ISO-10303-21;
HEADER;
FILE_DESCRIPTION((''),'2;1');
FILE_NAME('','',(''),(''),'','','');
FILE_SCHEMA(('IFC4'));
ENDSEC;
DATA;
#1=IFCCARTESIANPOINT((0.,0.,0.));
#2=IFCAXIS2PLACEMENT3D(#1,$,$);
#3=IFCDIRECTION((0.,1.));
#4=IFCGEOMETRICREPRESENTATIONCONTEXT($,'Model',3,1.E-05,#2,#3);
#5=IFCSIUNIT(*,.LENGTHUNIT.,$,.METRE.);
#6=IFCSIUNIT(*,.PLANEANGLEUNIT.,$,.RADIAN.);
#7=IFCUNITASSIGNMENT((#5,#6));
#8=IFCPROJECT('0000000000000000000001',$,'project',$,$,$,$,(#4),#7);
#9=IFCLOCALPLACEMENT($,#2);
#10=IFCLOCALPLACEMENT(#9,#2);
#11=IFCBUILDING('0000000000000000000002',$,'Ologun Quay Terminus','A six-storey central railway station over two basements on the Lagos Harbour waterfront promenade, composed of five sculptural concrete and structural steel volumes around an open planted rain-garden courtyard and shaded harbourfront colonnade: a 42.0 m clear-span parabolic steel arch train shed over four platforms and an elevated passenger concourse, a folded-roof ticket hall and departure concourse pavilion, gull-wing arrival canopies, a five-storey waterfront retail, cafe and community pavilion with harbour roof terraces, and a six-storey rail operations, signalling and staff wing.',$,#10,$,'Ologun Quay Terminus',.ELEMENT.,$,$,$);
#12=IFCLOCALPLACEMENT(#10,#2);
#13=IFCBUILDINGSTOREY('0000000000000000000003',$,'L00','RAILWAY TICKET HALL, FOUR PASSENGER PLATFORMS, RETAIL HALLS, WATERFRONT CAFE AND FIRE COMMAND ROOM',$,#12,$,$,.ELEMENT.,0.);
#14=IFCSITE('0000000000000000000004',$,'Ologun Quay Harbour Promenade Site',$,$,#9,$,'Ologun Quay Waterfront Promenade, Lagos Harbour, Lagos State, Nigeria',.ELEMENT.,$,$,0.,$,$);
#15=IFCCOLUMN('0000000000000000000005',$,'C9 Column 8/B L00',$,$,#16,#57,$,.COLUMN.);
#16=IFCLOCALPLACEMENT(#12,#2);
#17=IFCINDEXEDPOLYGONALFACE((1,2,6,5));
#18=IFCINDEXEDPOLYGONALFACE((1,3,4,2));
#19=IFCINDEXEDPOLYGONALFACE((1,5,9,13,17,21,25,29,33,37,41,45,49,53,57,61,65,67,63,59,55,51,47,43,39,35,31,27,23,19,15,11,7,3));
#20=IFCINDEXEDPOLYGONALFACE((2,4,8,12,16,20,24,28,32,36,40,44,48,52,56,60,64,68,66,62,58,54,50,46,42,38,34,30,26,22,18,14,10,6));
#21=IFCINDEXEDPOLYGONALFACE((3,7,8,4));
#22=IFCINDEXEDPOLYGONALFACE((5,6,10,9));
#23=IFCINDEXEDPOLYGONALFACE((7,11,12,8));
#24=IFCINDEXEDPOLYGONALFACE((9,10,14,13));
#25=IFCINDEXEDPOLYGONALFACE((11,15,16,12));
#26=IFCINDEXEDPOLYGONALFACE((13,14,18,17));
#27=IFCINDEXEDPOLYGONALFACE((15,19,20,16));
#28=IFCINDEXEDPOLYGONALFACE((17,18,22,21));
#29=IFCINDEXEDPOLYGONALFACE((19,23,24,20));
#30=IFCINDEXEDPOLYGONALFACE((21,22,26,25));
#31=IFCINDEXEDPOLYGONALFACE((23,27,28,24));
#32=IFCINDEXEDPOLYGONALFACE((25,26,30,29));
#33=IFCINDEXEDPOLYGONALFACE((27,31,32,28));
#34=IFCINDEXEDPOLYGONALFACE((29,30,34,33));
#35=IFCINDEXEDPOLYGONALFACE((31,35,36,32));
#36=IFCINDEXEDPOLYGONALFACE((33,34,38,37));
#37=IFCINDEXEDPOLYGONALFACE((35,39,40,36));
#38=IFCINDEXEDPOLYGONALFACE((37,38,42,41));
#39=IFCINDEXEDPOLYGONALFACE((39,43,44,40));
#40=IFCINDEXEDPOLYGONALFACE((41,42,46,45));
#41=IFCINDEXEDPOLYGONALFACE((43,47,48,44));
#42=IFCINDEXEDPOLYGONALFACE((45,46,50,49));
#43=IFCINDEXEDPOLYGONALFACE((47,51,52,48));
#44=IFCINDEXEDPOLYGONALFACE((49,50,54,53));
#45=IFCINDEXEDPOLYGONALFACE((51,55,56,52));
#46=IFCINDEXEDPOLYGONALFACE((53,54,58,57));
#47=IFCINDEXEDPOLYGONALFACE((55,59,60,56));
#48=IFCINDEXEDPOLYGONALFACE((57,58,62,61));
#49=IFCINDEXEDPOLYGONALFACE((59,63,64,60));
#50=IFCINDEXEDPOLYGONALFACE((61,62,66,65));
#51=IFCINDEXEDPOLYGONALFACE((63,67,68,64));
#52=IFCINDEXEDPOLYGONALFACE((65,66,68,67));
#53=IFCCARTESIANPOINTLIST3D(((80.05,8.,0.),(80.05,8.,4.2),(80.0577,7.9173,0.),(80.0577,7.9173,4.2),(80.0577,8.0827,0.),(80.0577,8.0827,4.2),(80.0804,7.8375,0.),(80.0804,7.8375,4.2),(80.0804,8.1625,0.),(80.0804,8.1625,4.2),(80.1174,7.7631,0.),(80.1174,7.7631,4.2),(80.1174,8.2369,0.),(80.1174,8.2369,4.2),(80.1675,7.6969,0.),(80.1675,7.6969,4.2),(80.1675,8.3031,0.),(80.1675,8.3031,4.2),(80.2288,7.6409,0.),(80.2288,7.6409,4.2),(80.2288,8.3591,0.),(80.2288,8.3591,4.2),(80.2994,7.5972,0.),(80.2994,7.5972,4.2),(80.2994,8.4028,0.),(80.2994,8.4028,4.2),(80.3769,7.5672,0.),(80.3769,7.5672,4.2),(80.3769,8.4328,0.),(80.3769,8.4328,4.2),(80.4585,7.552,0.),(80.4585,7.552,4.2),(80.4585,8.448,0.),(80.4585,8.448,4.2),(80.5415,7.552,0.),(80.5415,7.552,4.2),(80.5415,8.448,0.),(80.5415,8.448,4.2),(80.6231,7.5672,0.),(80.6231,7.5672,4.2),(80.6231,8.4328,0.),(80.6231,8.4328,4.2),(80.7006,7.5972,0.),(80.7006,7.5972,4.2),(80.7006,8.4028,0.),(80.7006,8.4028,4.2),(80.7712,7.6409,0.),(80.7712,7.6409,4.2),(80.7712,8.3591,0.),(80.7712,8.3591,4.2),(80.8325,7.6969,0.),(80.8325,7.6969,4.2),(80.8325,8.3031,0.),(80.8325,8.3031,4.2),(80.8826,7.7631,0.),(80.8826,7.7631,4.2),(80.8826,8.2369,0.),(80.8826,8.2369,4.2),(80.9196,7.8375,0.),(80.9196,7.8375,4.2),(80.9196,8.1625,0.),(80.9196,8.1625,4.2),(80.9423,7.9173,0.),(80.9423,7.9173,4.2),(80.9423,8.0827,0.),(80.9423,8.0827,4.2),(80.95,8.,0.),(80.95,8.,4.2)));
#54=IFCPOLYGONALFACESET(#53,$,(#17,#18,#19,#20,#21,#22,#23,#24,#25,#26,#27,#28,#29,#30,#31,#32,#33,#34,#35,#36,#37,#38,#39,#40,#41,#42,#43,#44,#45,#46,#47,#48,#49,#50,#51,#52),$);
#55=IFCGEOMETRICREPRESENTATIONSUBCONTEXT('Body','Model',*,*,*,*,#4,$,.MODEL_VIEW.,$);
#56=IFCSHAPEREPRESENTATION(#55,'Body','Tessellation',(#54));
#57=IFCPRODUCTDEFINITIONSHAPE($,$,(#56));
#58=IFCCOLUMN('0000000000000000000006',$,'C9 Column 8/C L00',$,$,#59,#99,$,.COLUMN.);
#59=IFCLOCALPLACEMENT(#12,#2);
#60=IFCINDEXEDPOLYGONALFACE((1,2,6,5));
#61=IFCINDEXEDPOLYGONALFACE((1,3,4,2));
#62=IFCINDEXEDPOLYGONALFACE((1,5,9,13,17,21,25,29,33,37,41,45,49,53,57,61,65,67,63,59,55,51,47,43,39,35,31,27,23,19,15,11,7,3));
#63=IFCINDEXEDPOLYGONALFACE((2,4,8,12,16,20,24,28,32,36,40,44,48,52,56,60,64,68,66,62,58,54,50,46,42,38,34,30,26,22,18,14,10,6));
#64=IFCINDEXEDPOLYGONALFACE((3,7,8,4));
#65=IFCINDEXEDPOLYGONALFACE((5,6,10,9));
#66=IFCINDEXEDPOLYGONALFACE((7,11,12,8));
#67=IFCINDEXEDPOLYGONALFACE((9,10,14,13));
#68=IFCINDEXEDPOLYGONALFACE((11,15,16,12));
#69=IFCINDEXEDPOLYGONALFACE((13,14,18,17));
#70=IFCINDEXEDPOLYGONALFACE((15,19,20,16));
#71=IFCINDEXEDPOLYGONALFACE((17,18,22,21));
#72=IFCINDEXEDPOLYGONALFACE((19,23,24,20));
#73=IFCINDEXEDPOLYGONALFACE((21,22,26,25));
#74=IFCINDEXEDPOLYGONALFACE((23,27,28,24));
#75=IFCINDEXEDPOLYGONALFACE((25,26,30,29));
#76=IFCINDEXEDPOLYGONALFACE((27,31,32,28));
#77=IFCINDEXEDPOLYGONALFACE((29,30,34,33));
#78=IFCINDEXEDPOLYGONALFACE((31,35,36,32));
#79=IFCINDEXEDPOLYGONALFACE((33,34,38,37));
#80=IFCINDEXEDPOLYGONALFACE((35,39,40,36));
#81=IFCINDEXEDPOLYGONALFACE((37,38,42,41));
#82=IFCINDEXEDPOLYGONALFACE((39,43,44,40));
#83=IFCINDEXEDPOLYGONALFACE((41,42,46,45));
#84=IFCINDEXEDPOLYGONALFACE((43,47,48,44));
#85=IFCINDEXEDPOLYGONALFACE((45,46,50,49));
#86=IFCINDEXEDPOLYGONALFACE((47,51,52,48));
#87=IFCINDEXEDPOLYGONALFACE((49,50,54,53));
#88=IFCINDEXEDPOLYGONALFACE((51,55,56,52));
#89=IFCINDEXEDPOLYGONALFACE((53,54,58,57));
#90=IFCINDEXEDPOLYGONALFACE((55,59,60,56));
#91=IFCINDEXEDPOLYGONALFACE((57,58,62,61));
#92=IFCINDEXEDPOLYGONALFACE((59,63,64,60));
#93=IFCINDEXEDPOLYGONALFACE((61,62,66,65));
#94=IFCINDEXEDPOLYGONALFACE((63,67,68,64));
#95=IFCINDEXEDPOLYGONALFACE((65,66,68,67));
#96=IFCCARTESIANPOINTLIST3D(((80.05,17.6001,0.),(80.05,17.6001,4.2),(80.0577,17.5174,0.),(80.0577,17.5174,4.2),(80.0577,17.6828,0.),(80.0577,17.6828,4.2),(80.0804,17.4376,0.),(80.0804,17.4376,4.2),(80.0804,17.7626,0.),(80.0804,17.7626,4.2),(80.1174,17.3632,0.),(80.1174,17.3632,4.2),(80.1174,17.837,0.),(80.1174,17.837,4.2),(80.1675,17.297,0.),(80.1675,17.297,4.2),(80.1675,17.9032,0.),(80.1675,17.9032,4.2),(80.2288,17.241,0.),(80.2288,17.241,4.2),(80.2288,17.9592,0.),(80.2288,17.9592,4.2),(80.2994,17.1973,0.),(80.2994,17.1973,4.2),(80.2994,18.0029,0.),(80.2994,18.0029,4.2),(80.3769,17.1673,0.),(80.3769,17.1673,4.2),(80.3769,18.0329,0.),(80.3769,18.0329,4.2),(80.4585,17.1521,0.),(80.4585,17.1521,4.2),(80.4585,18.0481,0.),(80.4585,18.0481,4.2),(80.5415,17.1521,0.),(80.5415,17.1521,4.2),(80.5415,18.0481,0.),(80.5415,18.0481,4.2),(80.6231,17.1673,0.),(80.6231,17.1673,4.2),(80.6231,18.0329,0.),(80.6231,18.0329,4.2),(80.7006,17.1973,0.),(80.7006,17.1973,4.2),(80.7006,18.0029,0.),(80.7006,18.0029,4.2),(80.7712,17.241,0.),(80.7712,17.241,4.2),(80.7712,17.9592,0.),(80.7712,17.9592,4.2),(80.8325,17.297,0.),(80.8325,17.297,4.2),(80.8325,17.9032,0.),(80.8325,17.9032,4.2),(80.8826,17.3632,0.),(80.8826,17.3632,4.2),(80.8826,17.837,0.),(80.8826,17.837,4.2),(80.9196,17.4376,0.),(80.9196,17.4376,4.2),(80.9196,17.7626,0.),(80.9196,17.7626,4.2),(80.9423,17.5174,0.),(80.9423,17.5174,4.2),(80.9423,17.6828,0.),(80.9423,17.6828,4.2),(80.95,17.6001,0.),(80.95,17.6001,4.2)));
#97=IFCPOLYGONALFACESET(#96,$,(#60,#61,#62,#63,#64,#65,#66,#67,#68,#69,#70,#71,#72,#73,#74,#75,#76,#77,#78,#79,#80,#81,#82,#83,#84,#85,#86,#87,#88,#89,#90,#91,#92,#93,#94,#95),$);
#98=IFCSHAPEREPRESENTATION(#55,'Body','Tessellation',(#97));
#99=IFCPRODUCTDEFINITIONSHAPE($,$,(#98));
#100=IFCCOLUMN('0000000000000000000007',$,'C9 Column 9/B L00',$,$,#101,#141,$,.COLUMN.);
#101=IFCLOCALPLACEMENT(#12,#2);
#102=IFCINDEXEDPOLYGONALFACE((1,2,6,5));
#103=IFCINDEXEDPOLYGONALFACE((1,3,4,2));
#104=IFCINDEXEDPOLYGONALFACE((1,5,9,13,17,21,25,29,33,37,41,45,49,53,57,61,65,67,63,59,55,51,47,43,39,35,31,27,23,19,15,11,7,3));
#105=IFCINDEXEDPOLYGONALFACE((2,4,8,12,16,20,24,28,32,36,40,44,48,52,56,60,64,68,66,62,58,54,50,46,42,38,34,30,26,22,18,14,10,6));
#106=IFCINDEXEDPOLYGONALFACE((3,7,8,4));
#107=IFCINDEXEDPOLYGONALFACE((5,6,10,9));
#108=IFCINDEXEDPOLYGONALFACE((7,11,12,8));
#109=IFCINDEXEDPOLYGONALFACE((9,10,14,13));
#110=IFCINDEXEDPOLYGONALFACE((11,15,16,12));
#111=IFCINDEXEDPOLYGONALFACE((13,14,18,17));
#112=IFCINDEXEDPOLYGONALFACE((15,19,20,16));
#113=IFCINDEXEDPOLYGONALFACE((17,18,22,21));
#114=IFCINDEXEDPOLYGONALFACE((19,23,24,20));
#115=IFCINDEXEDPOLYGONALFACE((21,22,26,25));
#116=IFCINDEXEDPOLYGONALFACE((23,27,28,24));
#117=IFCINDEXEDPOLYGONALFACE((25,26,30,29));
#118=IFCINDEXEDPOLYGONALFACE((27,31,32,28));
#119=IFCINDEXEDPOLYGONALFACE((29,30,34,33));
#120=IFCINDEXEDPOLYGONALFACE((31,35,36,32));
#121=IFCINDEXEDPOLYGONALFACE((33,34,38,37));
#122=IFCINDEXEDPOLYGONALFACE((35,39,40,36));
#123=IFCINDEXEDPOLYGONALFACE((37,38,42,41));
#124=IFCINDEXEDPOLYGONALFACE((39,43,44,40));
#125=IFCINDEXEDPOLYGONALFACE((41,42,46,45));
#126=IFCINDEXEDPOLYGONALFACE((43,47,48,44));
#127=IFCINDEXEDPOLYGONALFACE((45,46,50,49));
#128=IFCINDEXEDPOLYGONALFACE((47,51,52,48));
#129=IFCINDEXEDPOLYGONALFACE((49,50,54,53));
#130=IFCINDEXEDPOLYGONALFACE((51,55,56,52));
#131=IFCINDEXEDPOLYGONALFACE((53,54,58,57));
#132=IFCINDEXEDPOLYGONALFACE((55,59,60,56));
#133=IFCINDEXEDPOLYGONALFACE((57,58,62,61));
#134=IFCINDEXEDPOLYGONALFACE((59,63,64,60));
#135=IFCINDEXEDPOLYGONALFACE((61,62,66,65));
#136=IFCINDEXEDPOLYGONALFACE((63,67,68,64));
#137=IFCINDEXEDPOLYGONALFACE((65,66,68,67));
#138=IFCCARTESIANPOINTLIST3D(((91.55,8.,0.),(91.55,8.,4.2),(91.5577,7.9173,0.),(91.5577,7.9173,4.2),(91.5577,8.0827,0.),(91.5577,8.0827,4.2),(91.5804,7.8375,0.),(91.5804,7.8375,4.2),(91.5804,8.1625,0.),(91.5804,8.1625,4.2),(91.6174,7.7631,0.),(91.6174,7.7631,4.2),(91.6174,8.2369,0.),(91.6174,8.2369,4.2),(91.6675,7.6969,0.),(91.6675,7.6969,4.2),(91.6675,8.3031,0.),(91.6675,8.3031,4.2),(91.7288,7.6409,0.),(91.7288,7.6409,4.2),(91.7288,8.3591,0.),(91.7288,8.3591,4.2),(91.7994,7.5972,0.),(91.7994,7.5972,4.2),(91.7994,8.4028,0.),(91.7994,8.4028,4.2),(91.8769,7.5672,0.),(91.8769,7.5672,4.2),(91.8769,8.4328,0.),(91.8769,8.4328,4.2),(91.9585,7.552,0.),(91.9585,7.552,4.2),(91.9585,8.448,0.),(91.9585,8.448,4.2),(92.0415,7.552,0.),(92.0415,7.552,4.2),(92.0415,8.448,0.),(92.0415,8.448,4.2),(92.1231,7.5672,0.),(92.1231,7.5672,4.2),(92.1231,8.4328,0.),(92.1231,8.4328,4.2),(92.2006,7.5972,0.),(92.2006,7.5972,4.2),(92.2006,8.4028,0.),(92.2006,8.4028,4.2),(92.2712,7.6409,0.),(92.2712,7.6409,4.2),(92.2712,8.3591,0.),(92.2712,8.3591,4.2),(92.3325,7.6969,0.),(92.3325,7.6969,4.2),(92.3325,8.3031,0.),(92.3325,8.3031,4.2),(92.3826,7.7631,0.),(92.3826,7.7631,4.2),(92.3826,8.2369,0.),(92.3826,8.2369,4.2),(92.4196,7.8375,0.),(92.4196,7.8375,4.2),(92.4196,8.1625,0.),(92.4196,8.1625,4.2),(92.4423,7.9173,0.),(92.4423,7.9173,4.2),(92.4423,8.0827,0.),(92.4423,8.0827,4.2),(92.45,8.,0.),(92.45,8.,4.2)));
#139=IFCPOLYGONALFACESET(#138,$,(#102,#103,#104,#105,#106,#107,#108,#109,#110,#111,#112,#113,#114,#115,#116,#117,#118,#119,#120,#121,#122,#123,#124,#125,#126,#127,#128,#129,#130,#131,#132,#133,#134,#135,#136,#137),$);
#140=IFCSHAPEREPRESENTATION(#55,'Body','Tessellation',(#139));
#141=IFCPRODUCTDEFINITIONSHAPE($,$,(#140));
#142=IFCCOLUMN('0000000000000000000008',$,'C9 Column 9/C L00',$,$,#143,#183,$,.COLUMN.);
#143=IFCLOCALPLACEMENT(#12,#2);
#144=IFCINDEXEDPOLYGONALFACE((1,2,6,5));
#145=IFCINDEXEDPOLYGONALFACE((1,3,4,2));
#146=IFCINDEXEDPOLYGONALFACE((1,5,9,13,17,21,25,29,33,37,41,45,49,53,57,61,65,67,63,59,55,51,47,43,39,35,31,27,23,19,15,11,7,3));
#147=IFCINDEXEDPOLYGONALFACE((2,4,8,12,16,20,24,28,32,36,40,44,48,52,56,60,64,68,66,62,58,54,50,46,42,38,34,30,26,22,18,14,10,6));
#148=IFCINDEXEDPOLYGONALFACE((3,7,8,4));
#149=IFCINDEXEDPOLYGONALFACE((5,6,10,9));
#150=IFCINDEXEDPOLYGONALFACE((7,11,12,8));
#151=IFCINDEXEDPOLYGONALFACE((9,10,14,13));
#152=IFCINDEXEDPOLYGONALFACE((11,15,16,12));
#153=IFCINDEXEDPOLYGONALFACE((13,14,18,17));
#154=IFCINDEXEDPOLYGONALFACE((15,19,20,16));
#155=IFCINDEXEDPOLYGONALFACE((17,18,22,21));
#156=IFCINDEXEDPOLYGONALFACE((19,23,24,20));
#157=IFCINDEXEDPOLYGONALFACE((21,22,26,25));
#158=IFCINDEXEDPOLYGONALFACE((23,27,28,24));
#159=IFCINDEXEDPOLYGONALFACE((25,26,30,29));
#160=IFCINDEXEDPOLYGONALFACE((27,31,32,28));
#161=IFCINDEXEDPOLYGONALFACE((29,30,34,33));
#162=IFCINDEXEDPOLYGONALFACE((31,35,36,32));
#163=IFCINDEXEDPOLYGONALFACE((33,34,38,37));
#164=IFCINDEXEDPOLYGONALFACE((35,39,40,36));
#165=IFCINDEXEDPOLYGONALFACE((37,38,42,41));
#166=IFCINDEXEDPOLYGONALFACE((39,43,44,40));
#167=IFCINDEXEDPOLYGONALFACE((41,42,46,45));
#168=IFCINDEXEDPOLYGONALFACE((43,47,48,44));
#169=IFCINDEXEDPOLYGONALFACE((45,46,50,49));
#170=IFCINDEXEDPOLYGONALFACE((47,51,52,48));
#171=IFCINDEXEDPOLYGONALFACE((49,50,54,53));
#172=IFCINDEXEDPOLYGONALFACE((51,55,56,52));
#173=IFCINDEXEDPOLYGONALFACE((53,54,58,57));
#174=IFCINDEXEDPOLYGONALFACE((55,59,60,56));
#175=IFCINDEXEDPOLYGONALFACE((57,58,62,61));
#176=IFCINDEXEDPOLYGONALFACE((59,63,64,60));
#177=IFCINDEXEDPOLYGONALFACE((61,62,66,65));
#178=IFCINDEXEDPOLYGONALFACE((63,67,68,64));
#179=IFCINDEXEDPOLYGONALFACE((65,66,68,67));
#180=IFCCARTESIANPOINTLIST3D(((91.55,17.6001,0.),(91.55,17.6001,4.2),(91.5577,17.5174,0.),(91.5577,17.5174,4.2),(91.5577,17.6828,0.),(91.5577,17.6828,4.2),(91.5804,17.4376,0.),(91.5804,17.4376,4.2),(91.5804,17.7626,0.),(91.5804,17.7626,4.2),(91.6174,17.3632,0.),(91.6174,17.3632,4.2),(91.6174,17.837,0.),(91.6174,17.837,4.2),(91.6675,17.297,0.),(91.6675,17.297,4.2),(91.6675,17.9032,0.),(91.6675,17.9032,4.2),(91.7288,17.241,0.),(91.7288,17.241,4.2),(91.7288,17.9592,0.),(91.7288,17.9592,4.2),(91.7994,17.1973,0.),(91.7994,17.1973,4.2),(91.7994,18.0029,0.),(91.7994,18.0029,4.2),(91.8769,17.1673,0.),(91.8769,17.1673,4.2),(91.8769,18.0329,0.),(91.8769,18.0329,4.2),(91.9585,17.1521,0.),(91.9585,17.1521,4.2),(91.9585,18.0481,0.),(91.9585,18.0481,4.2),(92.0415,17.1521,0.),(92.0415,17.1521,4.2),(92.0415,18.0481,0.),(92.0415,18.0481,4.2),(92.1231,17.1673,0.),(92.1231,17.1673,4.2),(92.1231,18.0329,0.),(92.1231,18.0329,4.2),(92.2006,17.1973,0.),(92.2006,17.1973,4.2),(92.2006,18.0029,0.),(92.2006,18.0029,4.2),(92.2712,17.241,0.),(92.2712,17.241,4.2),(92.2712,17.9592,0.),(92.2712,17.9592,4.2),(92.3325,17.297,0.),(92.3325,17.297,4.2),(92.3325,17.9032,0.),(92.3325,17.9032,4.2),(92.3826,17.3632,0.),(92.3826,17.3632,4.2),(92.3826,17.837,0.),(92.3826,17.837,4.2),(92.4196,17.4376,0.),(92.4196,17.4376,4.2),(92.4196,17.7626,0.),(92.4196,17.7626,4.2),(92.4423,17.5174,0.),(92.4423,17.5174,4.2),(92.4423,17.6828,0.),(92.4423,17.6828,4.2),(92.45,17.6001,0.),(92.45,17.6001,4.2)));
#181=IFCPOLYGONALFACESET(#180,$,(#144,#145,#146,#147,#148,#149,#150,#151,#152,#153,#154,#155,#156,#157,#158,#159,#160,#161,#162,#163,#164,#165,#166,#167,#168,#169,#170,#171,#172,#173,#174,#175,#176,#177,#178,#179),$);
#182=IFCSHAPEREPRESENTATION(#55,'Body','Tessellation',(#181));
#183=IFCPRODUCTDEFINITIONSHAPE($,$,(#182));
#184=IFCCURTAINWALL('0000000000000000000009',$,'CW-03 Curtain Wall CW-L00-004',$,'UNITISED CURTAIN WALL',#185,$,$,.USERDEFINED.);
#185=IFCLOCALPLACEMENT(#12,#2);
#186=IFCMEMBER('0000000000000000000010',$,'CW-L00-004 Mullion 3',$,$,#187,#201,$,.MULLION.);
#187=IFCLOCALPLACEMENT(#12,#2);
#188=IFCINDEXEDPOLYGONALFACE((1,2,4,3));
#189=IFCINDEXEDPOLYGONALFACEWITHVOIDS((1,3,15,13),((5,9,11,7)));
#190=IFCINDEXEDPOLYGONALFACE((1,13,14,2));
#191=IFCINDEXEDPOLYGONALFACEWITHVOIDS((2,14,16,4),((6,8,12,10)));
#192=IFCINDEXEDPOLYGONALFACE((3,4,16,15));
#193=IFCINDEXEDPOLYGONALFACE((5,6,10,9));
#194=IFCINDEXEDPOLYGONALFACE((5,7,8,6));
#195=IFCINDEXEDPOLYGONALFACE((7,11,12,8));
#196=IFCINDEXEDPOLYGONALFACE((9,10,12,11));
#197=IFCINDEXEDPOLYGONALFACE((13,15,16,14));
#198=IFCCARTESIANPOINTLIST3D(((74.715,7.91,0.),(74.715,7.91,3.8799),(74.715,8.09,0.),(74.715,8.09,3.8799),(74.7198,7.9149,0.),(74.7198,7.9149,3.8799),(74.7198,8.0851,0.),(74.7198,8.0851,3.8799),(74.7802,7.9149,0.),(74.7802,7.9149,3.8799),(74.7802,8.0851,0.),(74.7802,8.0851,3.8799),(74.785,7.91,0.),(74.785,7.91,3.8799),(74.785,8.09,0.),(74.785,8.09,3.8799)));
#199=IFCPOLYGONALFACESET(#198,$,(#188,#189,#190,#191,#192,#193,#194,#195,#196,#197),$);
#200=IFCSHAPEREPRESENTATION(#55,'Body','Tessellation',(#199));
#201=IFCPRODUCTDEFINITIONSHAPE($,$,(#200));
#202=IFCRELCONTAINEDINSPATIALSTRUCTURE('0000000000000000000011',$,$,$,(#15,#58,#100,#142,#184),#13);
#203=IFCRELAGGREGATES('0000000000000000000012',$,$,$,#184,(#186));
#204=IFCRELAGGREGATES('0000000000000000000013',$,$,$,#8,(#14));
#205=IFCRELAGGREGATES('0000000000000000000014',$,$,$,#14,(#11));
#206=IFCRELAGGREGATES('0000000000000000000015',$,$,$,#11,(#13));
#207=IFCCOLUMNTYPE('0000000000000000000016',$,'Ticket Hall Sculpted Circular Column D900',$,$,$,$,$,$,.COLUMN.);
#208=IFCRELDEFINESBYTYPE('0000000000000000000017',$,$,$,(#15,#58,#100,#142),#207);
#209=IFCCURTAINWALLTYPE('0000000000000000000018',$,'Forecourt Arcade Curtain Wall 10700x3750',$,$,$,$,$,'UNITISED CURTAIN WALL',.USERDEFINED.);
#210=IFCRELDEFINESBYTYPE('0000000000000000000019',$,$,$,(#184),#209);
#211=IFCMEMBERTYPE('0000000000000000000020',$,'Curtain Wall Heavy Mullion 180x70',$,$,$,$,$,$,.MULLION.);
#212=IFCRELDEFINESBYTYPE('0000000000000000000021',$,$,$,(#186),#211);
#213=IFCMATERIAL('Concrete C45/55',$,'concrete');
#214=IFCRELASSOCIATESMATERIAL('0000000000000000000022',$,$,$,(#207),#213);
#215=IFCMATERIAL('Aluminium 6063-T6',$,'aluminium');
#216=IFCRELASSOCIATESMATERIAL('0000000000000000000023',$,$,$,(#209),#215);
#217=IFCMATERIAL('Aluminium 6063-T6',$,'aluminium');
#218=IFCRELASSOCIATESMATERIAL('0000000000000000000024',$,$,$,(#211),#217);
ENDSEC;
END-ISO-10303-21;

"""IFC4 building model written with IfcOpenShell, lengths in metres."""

from ifc_helpers import new_model, si_unit, direction, frame, origin, origin_2d, place, context, subcontext, project, spatial, hollow_rectangle, circle, extrude, material, material_profile, profile_set, type_object, element, aggregate, save


model = new_model("IFC4")

# Units and contexts
model_context = context("Model", 3, precision=1e-05, world=origin(), true_north=direction((0.0, 1.0)))
body_context = subcontext(model_context, "Body", "Model", "MODEL_VIEW")
ifc_project = project(units=[si_unit("LENGTHUNIT", "METRE"), si_unit("PLANEANGLEUNIT", "RADIAN")], contexts=[model_context])

# Site, building, storey
site_placement = place(None, origin())
site = spatial("IfcSite", under=ifc_project, at=site_placement, Name="Ologun Quay Harbour Promenade Site", LongName="Ologun Quay Waterfront Promenade, Lagos Harbour, Lagos State, Nigeria", CompositionType="ELEMENT", RefElevation=0.0)
building_placement = place(site_placement, origin())
building = spatial("IfcBuilding", under=site, at=building_placement, Name="Ologun Quay Terminus", Description="A six-storey central railway station over two basements on the Lagos Harbour waterfront promenade, composed of five sculptural concrete and structural steel volumes around an open planted rain-garden courtyard and shaded harbourfront colonnade: a 42.0 m clear-span parabolic steel arch train shed over four platforms and an elevated passenger concourse, a folded-roof ticket hall and departure concourse pavilion, gull-wing arrival canopies, a five-storey waterfront retail, cafe and community pavilion with harbour roof terraces, and a six-storey rail operations, signalling and staff wing.", LongName="Ologun Quay Terminus", CompositionType="ELEMENT")
storey_placement = place(building_placement, origin())
storey = spatial("IfcBuildingStorey", under=building, at=storey_placement, Name="L00", Description="RAILWAY TICKET HALL, FOUR PASSENGER PLATFORMS, RETAIL HALLS, WATERFRONT CAFE AND FIRE COMMAND ROOM", CompositionType="ELEMENT", Elevation=0.0)

# Columns
ifc_material_1 = material(Name="Concrete C45/55", Category="concrete")
ifc_material_profile_1 = material_profile(ifc_material_1, circle(Radius=0.45, at=origin_2d()), Name="RC D900")
ifc_profile_set_1 = profile_set([ifc_material_profile_1], Name="Concrete C45/55")
column_type = type_object("IfcColumnType", Name="Ticket Hall Sculpted Circular Column D900", PredefinedType="COLUMN", material=ifc_profile_set_1)
for number, where, z_axis, x_axis, name in (
    (1, (80.5, 8.0, 0.0), (0.0, 0.0, 1.0), (1.0, 0.0, 0.0), "C9 Column 8/B L00"),
    (2, (80.5, 17.6001, 0.0), (0.0, 0.0, 1.0), (1.0, 0.0, 0.0), "C9 Column 8/C L00"),
    (3, (92.0, 8.0, 0.0), (0.0, 0.0, 1.0), (1.0, 0.0, 0.0), "C9 Column 9/B L00"),
    (4, (92.0, 17.6001, 0.0), (0.0, 0.0, 1.0), (1.0, 0.0, 0.0), "C9 Column 9/C L00"),
):
    element("IfcColumn", number, at=place(storey_placement, frame(where, z_axis=z_axis, x_axis=x_axis)), inside=storey, type_object=column_type, Name=name, PredefinedType="COLUMN", context=body_context, shape_type="SweptSolid", body=[
        extrude(circle(Radius=0.45, at=origin_2d()), origin(), (0.0, 0.0, 1.0), 4.2),
    ])

# Curtain wall, member
ifc_material_2 = material(Name="Aluminium 6063-T6", Category="aluminium")
curtain_wall_type = type_object("IfcCurtainWallType", Name="Forecourt Arcade Curtain Wall 10700x3750", ElementType="UNITISED CURTAIN WALL", PredefinedType="USERDEFINED", material=ifc_material_2)
curtain_wall_placement = place(storey_placement, origin())
curtain_wall = element("IfcCurtainWall", 5, at=curtain_wall_placement, inside=storey, type_object=curtain_wall_type, Name="CW-03 Curtain Wall CW-L00-004", ObjectType="UNITISED CURTAIN WALL", PredefinedType="USERDEFINED")
ifc_material_3 = material(Name="Aluminium 6063-T6", Category="aluminium")
ifc_material_profile_2 = material_profile(ifc_material_3, hollow_rectangle(XDim=0.0701, YDim=0.1799, WallThickness=0.0049, at=origin_2d()), Name="ALU 180x70x5")
ifc_profile_set_2 = profile_set([ifc_material_profile_2], Name="Aluminium 6063-T6")
member_type_1 = type_object("IfcMemberType", Name="Curtain Wall Heavy Mullion 180x70", PredefinedType="MULLION", material=ifc_profile_set_2)
member_1_placement = place(storey_placement, frame((74.75, 8.0, 0.0), z_axis=(0.0, 0.0, 1.0), x_axis=(1.0, 0.0, 0.0)))
member_1 = element("IfcMember", 6, at=member_1_placement, type_object=member_type_1, Name="CW-L00-004 Mullion 3", PredefinedType="MULLION", context=body_context, shape_type="SweptSolid", body=[
    extrude(hollow_rectangle(XDim=0.0701, YDim=0.1799, WallThickness=0.0049, at=origin_2d()), origin(), (0.0, 0.0, 1.0), 3.8799),
])

aggregate(curtain_wall, [member_1])

save(model, "model.ifc")
